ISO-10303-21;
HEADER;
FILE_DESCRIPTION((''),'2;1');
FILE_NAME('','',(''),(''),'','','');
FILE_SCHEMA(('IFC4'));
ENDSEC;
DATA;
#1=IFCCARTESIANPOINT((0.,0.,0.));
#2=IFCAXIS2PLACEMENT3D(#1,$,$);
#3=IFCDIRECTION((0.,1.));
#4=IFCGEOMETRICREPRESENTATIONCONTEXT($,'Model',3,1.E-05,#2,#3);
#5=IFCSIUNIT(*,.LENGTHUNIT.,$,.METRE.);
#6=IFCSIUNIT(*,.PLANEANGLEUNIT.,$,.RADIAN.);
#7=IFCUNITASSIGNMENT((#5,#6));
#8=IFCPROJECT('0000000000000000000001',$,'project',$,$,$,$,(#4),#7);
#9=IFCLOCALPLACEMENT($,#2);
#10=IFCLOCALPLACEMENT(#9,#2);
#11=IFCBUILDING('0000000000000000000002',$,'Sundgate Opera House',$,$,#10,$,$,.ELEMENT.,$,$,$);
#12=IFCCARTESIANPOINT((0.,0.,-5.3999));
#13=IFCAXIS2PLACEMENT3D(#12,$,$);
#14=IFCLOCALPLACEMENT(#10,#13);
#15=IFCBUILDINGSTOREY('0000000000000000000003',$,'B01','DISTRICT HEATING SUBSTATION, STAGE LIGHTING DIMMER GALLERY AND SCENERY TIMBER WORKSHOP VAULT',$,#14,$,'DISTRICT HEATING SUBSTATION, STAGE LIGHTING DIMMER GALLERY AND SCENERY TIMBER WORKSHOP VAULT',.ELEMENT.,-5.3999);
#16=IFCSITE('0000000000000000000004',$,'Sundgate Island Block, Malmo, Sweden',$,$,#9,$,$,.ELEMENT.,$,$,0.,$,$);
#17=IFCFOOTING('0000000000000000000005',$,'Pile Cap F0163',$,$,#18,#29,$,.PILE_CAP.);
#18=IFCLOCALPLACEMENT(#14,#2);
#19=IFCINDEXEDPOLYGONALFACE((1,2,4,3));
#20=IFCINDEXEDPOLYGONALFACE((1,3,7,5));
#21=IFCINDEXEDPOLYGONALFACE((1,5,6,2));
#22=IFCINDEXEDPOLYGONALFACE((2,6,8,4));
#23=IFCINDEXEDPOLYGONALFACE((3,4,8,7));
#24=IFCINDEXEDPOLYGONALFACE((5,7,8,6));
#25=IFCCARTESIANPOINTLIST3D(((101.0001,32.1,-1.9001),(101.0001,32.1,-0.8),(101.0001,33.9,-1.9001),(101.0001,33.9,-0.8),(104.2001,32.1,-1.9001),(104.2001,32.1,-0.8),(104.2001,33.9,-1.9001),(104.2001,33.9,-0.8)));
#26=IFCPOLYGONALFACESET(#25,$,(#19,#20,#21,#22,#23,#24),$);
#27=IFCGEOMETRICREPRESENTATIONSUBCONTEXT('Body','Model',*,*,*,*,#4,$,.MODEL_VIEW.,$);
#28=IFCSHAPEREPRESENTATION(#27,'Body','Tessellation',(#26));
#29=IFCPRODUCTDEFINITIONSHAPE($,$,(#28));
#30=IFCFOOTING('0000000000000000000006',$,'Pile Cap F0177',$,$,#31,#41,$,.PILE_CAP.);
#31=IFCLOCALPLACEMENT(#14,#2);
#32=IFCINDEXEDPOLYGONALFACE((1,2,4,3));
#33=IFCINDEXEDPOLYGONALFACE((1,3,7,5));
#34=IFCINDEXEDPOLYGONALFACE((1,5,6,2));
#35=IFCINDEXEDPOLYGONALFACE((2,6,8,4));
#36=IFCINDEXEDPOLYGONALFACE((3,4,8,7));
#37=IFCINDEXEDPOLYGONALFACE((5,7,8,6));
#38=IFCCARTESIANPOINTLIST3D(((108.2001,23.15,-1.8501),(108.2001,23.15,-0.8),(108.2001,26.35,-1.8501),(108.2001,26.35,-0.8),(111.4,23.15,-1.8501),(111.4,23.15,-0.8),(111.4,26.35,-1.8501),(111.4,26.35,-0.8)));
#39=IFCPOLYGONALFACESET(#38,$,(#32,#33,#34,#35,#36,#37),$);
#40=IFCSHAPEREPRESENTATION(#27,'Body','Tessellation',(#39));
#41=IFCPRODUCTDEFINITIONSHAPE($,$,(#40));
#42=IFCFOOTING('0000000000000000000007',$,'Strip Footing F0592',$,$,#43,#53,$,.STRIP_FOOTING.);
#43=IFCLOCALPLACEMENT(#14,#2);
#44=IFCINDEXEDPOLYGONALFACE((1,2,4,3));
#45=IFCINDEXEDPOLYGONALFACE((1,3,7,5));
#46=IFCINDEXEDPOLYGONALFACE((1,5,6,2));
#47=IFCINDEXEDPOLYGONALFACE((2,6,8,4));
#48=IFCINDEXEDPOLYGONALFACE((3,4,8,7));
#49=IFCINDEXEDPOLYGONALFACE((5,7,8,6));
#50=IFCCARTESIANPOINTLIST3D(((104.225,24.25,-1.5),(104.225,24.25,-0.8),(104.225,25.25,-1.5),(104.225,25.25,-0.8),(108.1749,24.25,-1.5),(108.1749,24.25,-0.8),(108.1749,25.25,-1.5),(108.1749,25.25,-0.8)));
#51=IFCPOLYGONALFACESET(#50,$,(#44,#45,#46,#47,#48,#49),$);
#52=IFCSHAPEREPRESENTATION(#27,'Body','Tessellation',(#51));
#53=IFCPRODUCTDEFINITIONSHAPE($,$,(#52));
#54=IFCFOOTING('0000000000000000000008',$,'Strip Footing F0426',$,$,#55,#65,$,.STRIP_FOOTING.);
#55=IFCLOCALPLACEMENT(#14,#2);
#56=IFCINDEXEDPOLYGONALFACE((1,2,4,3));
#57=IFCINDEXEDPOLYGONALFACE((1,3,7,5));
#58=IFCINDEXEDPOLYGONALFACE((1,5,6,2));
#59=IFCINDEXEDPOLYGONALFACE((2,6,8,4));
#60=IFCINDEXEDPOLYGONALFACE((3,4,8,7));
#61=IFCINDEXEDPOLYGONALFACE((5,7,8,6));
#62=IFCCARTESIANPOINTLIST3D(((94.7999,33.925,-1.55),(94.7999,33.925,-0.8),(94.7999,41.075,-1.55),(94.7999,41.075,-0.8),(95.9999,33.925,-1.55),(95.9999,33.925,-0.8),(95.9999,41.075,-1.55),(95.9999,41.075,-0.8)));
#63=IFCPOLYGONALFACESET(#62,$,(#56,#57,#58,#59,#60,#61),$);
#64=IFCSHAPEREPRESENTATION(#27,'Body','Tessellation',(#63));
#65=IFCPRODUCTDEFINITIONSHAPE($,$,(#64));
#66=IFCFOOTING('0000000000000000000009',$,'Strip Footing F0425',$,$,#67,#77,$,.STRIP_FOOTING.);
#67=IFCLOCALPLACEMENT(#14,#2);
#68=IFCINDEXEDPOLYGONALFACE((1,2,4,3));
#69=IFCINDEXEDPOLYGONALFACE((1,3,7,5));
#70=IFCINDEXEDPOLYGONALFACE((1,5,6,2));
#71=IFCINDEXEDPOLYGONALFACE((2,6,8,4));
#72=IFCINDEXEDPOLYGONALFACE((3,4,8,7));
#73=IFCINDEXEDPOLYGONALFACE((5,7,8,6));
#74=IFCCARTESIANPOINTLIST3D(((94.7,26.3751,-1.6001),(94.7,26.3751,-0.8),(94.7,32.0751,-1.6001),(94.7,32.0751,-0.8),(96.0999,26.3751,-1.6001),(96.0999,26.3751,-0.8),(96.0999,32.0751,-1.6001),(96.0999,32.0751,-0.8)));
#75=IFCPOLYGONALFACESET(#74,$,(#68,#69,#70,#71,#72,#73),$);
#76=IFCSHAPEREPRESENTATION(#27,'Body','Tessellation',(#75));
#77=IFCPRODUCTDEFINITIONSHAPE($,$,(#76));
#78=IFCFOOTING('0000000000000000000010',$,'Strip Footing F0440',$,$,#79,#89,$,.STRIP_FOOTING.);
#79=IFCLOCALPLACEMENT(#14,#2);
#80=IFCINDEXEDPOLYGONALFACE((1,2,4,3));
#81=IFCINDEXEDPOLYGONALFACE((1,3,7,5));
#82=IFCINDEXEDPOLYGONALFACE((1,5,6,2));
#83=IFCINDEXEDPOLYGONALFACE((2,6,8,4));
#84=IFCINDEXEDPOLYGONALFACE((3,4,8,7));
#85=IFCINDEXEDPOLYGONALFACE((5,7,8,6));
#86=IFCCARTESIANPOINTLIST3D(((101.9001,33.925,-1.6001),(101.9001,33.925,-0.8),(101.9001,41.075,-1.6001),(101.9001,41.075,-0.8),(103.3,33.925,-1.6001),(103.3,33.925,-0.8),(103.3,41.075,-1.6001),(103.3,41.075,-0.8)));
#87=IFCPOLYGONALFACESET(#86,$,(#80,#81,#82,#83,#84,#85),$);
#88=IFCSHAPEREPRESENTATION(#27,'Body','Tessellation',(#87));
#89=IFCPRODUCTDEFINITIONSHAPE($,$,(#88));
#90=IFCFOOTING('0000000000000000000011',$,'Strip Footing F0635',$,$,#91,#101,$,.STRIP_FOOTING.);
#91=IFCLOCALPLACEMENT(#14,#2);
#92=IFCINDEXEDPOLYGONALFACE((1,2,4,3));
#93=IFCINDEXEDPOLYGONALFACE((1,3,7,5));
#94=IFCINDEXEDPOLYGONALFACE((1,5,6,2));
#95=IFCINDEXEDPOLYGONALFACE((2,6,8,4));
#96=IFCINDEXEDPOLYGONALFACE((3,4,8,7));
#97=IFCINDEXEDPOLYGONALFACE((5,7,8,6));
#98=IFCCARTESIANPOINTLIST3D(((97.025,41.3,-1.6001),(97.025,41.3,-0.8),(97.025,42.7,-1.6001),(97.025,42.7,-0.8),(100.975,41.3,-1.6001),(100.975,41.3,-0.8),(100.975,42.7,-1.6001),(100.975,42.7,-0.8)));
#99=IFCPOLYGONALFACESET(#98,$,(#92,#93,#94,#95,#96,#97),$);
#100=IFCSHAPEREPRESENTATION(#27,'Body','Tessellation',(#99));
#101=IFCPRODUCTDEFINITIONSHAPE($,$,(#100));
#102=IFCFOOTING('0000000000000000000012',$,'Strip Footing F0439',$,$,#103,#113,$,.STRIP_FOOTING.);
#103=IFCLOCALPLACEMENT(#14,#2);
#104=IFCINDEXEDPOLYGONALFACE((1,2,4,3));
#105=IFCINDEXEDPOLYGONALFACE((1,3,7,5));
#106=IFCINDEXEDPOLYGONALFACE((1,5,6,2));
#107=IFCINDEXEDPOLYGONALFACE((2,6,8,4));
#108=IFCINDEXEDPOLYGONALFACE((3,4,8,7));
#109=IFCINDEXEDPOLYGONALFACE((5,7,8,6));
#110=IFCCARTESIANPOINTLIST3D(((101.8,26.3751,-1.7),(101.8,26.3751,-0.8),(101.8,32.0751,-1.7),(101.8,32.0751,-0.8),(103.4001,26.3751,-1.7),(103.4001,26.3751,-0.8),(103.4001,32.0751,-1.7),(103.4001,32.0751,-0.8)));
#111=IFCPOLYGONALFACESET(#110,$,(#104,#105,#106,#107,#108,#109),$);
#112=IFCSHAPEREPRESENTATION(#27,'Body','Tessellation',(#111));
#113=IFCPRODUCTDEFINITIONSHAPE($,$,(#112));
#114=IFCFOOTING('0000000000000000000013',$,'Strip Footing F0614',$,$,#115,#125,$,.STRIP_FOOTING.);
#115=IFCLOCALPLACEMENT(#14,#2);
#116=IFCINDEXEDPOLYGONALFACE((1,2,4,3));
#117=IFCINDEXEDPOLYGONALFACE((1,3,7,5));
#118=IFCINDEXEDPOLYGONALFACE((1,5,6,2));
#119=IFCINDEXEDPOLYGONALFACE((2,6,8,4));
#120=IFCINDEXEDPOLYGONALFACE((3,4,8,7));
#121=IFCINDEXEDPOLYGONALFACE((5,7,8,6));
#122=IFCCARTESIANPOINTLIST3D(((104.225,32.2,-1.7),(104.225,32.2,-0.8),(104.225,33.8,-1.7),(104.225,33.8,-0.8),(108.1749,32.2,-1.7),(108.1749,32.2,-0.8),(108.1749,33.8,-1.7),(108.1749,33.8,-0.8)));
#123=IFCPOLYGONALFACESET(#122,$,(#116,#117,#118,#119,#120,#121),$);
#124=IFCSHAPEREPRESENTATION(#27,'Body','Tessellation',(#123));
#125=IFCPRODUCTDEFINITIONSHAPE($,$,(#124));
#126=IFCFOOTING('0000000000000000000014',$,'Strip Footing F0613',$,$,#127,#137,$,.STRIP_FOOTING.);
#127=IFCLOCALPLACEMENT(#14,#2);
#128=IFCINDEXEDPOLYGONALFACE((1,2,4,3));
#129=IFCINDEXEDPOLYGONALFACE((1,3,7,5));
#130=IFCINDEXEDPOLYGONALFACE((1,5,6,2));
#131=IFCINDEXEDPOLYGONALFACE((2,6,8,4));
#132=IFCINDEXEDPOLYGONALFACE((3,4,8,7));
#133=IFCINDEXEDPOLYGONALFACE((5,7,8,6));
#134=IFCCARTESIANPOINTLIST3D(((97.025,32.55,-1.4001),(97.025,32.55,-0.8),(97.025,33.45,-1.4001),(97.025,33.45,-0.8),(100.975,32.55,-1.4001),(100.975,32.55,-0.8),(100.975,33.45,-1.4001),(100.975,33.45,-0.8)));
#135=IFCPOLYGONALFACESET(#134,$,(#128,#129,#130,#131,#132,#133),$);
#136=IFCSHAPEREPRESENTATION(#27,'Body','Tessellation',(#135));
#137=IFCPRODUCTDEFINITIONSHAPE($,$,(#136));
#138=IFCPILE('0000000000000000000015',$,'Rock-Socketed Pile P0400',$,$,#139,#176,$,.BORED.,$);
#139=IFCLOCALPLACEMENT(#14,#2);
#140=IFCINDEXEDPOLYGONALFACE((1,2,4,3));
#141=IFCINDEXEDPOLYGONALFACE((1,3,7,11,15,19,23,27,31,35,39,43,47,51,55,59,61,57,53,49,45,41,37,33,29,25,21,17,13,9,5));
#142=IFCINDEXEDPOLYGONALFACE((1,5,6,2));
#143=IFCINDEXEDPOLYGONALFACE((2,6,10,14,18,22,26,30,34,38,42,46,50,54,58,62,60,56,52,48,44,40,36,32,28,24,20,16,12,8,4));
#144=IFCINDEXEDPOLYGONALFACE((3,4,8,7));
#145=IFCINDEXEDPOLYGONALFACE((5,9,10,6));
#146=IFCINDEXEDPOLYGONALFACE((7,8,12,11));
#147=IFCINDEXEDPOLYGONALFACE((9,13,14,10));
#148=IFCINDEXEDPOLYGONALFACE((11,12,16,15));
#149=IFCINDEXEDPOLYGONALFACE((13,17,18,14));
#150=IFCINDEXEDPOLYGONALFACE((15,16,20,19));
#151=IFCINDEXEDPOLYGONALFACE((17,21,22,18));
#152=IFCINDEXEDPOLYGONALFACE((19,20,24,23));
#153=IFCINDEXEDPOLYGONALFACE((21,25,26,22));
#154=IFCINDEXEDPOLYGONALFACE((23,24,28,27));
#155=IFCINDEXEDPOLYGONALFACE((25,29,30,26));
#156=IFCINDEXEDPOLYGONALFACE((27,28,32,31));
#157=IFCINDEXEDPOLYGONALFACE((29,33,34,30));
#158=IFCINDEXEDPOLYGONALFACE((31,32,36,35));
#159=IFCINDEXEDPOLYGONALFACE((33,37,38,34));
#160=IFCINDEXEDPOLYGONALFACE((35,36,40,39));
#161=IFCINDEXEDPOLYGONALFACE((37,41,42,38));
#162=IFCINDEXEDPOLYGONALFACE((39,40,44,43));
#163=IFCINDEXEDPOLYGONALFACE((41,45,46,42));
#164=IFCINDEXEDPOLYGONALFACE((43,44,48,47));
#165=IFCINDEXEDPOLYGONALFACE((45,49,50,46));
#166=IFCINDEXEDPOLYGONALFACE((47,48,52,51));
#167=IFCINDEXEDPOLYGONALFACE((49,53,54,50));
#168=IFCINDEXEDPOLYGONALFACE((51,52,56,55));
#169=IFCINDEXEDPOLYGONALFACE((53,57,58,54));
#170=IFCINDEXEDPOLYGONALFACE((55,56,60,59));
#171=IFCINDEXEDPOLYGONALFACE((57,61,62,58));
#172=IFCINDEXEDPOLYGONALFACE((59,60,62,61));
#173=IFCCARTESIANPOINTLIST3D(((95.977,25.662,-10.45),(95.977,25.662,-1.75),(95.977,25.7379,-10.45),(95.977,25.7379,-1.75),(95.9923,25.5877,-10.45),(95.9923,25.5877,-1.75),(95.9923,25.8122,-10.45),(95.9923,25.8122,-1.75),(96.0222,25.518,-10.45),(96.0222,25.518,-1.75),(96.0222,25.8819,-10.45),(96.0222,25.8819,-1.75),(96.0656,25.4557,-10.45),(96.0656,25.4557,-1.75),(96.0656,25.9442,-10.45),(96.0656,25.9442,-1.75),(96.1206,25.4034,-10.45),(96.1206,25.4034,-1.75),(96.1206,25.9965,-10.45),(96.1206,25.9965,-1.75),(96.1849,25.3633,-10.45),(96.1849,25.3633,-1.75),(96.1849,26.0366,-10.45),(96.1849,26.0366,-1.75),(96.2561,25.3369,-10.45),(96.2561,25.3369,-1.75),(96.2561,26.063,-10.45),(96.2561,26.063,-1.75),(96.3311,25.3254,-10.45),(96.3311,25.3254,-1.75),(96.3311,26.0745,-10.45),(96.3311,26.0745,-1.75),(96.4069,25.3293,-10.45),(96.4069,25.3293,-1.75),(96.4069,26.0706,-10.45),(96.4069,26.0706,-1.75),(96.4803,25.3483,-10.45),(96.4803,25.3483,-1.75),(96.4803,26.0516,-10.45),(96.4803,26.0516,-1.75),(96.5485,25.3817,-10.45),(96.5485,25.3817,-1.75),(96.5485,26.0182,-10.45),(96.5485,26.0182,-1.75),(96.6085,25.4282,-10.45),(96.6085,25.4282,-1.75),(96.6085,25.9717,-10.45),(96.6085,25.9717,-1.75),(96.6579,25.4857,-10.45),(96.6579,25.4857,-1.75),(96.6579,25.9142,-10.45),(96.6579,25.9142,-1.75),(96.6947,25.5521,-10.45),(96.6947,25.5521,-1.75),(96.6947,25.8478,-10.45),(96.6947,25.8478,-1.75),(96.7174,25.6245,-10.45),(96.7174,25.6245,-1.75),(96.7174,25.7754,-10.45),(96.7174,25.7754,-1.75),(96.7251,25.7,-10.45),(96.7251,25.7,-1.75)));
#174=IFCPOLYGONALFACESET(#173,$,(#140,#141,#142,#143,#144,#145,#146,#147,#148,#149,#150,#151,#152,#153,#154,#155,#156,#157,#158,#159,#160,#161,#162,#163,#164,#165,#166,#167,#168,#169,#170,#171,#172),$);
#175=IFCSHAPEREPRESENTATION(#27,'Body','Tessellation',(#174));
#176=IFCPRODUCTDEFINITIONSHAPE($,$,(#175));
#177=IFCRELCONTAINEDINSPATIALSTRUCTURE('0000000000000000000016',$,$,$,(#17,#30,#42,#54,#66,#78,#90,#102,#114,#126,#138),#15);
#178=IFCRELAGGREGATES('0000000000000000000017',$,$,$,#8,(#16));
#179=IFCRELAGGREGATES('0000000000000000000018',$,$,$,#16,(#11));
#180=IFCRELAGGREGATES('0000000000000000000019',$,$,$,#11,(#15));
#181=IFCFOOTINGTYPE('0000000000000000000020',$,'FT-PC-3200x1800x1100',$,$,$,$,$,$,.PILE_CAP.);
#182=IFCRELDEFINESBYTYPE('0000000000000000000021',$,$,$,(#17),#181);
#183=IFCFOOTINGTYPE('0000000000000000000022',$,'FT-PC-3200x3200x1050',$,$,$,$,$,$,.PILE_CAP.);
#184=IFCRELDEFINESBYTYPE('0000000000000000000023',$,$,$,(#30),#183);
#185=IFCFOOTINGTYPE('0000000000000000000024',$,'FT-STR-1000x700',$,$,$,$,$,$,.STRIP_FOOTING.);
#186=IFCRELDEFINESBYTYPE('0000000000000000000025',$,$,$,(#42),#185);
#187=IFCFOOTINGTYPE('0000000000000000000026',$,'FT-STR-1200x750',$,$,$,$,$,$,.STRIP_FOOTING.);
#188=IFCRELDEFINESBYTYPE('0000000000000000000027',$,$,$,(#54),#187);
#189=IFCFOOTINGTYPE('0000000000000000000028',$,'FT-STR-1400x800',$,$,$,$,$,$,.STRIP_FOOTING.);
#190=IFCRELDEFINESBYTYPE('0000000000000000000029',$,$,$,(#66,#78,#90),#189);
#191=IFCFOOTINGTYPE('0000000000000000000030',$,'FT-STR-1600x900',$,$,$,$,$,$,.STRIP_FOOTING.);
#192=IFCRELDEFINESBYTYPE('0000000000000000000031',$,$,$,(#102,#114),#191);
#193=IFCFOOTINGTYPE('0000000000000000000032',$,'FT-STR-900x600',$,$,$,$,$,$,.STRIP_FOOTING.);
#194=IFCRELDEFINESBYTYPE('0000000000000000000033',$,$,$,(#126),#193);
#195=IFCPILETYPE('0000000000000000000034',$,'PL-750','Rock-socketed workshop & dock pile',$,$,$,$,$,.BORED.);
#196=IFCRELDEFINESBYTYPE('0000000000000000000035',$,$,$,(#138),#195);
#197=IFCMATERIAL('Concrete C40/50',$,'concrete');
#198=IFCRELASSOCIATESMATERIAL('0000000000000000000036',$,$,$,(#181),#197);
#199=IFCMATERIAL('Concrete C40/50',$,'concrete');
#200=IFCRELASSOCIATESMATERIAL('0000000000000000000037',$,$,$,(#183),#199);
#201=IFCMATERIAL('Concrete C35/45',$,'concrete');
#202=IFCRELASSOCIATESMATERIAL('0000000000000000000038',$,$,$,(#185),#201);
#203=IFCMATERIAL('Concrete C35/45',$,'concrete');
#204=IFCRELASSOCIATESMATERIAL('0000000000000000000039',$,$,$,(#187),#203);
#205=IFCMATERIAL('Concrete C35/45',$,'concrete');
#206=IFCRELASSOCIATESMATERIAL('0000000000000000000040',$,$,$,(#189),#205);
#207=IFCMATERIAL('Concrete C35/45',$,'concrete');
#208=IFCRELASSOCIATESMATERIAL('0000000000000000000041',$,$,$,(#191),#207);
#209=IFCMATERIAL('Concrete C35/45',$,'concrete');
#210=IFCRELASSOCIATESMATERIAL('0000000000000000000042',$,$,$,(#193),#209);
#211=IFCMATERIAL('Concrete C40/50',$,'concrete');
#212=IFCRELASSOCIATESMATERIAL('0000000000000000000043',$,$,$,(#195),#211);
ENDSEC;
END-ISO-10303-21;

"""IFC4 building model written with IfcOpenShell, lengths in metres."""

from ifc_helpers import new_model, si_unit, direction, frame, origin, origin_2d, place, context, subcontext, project, spatial, rectangle, circle, extrude, material, material_profile, profile_set, type_object, element, save


model = new_model("IFC4")

# Units and contexts
model_context = context("Model", 3, precision=1e-05, world=origin(), true_north=direction((0.0, 1.0)))
body_context = subcontext(model_context, "Body", "Model", "MODEL_VIEW")
ifc_project = project(units=[si_unit("LENGTHUNIT", "METRE"), si_unit("PLANEANGLEUNIT", "RADIAN")], contexts=[model_context])

# Site, building, storey
site_placement = place(None, origin())
site = spatial("IfcSite", under=ifc_project, at=site_placement, Name="Sundgate Island Block, Malmo, Sweden", CompositionType="ELEMENT", RefElevation=0.0)
building_placement = place(site_placement, origin())
building = spatial("IfcBuilding", under=site, at=building_placement, Name="Sundgate Opera House", CompositionType="ELEMENT")
storey_placement = place(building_placement, frame((0.0, 0.0, -5.3999)))
storey = spatial("IfcBuildingStorey", under=building, at=storey_placement, Name="B01", Description="DISTRICT HEATING SUBSTATION, STAGE LIGHTING DIMMER GALLERY AND SCENERY TIMBER WORKSHOP VAULT", LongName="DISTRICT HEATING SUBSTATION, STAGE LIGHTING DIMMER GALLERY AND SCENERY TIMBER WORKSHOP VAULT", CompositionType="ELEMENT", Elevation=-5.3999)

# Footings
ifc_material_1 = material(Name="Concrete C40/50", Category="concrete")
footing_type_1 = type_object("IfcFootingType", Name="FT-PC-3200x1800x1100", PredefinedType="PILE_CAP", material=ifc_material_1)
footing_1_placement = place(storey_placement, frame((102.6001, 33.0, -1.9001), z_axis=(0.0, 0.0, 1.0), x_axis=(1.0, 0.0, 0.0)))
element("IfcFooting", 1, at=footing_1_placement, inside=storey, type_object=footing_type_1, Name="Pile Cap F0163", PredefinedType="PILE_CAP", context=body_context, shape_type="SweptSolid", body=[
    extrude(rectangle(XDim=3.2, YDim=1.8, at=origin_2d()), origin(), (0.0, 0.0, 1.0), 1.1001),
])
ifc_material_2 = material(Name="Concrete C40/50", Category="concrete")
footing_type_2 = type_object("IfcFootingType", Name="FT-PC-3200x3200x1050", PredefinedType="PILE_CAP", material=ifc_material_2)
footing_2_placement = place(storey_placement, frame((109.8, 24.75, -1.8501), z_axis=(0.0, 0.0, 1.0), x_axis=(1.0, 0.0, 0.0)))
element("IfcFooting", 2, at=footing_2_placement, inside=storey, type_object=footing_type_2, Name="Pile Cap F0177", PredefinedType="PILE_CAP", context=body_context, shape_type="SweptSolid", body=[
    extrude(rectangle(XDim=3.2, YDim=3.2, at=origin_2d()), origin(), (0.0, 0.0, 1.0), 1.05),
])
ifc_material_3 = material(Name="Concrete C35/45", Category="concrete")
footing_type_3 = type_object("IfcFootingType", Name="FT-STR-1000x700", PredefinedType="STRIP_FOOTING", material=ifc_material_3)
footing_3_placement = place(storey_placement, frame((106.2, 24.75, -1.5), z_axis=(0.0, 0.0, 1.0), x_axis=(1.0, 0.0, 0.0)))
element("IfcFooting", 3, at=footing_3_placement, inside=storey, type_object=footing_type_3, Name="Strip Footing F0592", PredefinedType="STRIP_FOOTING", context=body_context, shape_type="SweptSolid", body=[
    extrude(rectangle(XDim=3.95, YDim=1.0, at=origin_2d()), origin(), (0.0, 0.0, 1.0), 0.7),
])
ifc_material_4 = material(Name="Concrete C35/45", Category="concrete")
footing_type_4 = type_object("IfcFootingType", Name="FT-STR-1200x750", PredefinedType="STRIP_FOOTING", material=ifc_material_4)
footing_4_placement = place(storey_placement, frame((95.3999, 37.5, -1.55), z_axis=(0.0, 0.0, 1.0), x_axis=(1.0, 0.0, 0.0)))
element("IfcFooting", 4, at=footing_4_placement, inside=storey, type_object=footing_type_4, Name="Strip Footing F0426", PredefinedType="STRIP_FOOTING", context=body_context, shape_type="SweptSolid", body=[
    extrude(rectangle(XDim=1.2, YDim=7.1499, at=origin_2d()), origin(), (0.0, 0.0, 1.0), 0.75),
])
ifc_material_5 = material(Name="Concrete C35/45", Category="concrete")
footing_type_5 = type_object("IfcFootingType", Name="FT-STR-1400x800", PredefinedType="STRIP_FOOTING", material=ifc_material_5)
footing_5_placement = place(storey_placement, frame((95.3999, 29.2251, -1.6001), z_axis=(0.0, 0.0, 1.0), x_axis=(1.0, 0.0, 0.0)))
element("IfcFooting", 5, at=footing_5_placement, inside=storey, type_object=footing_type_5, Name="Strip Footing F0425", PredefinedType="STRIP_FOOTING", context=body_context, shape_type="SweptSolid", body=[
    extrude(rectangle(XDim=1.3999, YDim=5.7, at=origin_2d()), origin(), (0.0, 0.0, 1.0), 0.8),
])
footing_6_placement = place(storey_placement, frame((102.6001, 37.5, -1.6001), z_axis=(0.0, 0.0, 1.0), x_axis=(1.0, 0.0, 0.0)))
element("IfcFooting", 6, at=footing_6_placement, inside=storey, type_object=footing_type_5, Name="Strip Footing F0440", PredefinedType="STRIP_FOOTING", context=body_context, shape_type="SweptSolid", body=[
    extrude(rectangle(XDim=1.3999, YDim=7.1499, at=origin_2d()), origin(), (0.0, 0.0, 1.0), 0.8),
])
footing_7_placement = place(storey_placement, frame((99.0, 42.0, -1.6001), z_axis=(0.0, 0.0, 1.0), x_axis=(1.0, 0.0, 0.0)))
element("IfcFooting", 7, at=footing_7_placement, inside=storey, type_object=footing_type_5, Name="Strip Footing F0635", PredefinedType="STRIP_FOOTING", context=body_context, shape_type="SweptSolid", body=[
    extrude(rectangle(XDim=3.95, YDim=1.3999, at=origin_2d()), origin(), (0.0, 0.0, 1.0), 0.8),
])
ifc_material_6 = material(Name="Concrete C35/45", Category="concrete")
footing_type_6 = type_object("IfcFootingType", Name="FT-STR-1600x900", PredefinedType="STRIP_FOOTING", material=ifc_material_6)
footing_8_placement = place(storey_placement, frame((102.6001, 29.2251, -1.7), z_axis=(0.0, 0.0, 1.0), x_axis=(1.0, 0.0, 0.0)))
element("IfcFooting", 8, at=footing_8_placement, inside=storey, type_object=footing_type_6, Name="Strip Footing F0439", PredefinedType="STRIP_FOOTING", context=body_context, shape_type="SweptSolid", body=[
    extrude(rectangle(XDim=1.6001, YDim=5.7, at=origin_2d()), origin(), (0.0, 0.0, 1.0), 0.8999),
])
footing_9_placement = place(storey_placement, frame((106.2, 33.0, -1.7), z_axis=(0.0, 0.0, 1.0), x_axis=(1.0, 0.0, 0.0)))
element("IfcFooting", 9, at=footing_9_placement, inside=storey, type_object=footing_type_6, Name="Strip Footing F0614", PredefinedType="STRIP_FOOTING", context=body_context, shape_type="SweptSolid", body=[
    extrude(rectangle(XDim=3.95, YDim=1.6001, at=origin_2d()), origin(), (0.0, 0.0, 1.0), 0.8999),
])
ifc_material_7 = material(Name="Concrete C35/45", Category="concrete")
footing_type_7 = type_object("IfcFootingType", Name="FT-STR-900x600", PredefinedType="STRIP_FOOTING", material=ifc_material_7)
footing_10_placement = place(storey_placement, frame((99.0, 33.0, -1.4001), z_axis=(0.0, 0.0, 1.0), x_axis=(1.0, 0.0, 0.0)))
element("IfcFooting", 10, at=footing_10_placement, inside=storey, type_object=footing_type_7, Name="Strip Footing F0613", PredefinedType="STRIP_FOOTING", context=body_context, shape_type="SweptSolid", body=[
    extrude(rectangle(XDim=3.95, YDim=0.8999, at=origin_2d()), origin(), (0.0, 0.0, 1.0), 0.6001),
])

# Pile
ifc_material_8 = material(Name="Concrete C40/50", Category="concrete")
ifc_material_profile_1 = material_profile(ifc_material_8, circle(Radius=0.375, at=origin_2d()), Name="PILE D750")
ifc_profile_set_1 = profile_set([ifc_material_profile_1], Name="Concrete C40/50")
pile_type = type_object("IfcPileType", Name="PL-750", Description="Rock-socketed workshop & dock pile", PredefinedType="BORED", material=ifc_profile_set_1)
pile_1_placement = place(storey_placement, frame((96.3501, 25.7, -1.75), z_axis=(0.0, 0.0, -1.0), x_axis=(1.0, 0.0, 0.0)))
element("IfcPile", 11, at=pile_1_placement, inside=storey, type_object=pile_type, Name="Rock-Socketed Pile P0400", PredefinedType="BORED", context=body_context, shape_type="SweptSolid", body=[
    extrude(circle(Radius=0.375, at=origin_2d()), origin(), (0.0, 0.0, 1.0), 8.7),
])

save(model, "model.ifc")
